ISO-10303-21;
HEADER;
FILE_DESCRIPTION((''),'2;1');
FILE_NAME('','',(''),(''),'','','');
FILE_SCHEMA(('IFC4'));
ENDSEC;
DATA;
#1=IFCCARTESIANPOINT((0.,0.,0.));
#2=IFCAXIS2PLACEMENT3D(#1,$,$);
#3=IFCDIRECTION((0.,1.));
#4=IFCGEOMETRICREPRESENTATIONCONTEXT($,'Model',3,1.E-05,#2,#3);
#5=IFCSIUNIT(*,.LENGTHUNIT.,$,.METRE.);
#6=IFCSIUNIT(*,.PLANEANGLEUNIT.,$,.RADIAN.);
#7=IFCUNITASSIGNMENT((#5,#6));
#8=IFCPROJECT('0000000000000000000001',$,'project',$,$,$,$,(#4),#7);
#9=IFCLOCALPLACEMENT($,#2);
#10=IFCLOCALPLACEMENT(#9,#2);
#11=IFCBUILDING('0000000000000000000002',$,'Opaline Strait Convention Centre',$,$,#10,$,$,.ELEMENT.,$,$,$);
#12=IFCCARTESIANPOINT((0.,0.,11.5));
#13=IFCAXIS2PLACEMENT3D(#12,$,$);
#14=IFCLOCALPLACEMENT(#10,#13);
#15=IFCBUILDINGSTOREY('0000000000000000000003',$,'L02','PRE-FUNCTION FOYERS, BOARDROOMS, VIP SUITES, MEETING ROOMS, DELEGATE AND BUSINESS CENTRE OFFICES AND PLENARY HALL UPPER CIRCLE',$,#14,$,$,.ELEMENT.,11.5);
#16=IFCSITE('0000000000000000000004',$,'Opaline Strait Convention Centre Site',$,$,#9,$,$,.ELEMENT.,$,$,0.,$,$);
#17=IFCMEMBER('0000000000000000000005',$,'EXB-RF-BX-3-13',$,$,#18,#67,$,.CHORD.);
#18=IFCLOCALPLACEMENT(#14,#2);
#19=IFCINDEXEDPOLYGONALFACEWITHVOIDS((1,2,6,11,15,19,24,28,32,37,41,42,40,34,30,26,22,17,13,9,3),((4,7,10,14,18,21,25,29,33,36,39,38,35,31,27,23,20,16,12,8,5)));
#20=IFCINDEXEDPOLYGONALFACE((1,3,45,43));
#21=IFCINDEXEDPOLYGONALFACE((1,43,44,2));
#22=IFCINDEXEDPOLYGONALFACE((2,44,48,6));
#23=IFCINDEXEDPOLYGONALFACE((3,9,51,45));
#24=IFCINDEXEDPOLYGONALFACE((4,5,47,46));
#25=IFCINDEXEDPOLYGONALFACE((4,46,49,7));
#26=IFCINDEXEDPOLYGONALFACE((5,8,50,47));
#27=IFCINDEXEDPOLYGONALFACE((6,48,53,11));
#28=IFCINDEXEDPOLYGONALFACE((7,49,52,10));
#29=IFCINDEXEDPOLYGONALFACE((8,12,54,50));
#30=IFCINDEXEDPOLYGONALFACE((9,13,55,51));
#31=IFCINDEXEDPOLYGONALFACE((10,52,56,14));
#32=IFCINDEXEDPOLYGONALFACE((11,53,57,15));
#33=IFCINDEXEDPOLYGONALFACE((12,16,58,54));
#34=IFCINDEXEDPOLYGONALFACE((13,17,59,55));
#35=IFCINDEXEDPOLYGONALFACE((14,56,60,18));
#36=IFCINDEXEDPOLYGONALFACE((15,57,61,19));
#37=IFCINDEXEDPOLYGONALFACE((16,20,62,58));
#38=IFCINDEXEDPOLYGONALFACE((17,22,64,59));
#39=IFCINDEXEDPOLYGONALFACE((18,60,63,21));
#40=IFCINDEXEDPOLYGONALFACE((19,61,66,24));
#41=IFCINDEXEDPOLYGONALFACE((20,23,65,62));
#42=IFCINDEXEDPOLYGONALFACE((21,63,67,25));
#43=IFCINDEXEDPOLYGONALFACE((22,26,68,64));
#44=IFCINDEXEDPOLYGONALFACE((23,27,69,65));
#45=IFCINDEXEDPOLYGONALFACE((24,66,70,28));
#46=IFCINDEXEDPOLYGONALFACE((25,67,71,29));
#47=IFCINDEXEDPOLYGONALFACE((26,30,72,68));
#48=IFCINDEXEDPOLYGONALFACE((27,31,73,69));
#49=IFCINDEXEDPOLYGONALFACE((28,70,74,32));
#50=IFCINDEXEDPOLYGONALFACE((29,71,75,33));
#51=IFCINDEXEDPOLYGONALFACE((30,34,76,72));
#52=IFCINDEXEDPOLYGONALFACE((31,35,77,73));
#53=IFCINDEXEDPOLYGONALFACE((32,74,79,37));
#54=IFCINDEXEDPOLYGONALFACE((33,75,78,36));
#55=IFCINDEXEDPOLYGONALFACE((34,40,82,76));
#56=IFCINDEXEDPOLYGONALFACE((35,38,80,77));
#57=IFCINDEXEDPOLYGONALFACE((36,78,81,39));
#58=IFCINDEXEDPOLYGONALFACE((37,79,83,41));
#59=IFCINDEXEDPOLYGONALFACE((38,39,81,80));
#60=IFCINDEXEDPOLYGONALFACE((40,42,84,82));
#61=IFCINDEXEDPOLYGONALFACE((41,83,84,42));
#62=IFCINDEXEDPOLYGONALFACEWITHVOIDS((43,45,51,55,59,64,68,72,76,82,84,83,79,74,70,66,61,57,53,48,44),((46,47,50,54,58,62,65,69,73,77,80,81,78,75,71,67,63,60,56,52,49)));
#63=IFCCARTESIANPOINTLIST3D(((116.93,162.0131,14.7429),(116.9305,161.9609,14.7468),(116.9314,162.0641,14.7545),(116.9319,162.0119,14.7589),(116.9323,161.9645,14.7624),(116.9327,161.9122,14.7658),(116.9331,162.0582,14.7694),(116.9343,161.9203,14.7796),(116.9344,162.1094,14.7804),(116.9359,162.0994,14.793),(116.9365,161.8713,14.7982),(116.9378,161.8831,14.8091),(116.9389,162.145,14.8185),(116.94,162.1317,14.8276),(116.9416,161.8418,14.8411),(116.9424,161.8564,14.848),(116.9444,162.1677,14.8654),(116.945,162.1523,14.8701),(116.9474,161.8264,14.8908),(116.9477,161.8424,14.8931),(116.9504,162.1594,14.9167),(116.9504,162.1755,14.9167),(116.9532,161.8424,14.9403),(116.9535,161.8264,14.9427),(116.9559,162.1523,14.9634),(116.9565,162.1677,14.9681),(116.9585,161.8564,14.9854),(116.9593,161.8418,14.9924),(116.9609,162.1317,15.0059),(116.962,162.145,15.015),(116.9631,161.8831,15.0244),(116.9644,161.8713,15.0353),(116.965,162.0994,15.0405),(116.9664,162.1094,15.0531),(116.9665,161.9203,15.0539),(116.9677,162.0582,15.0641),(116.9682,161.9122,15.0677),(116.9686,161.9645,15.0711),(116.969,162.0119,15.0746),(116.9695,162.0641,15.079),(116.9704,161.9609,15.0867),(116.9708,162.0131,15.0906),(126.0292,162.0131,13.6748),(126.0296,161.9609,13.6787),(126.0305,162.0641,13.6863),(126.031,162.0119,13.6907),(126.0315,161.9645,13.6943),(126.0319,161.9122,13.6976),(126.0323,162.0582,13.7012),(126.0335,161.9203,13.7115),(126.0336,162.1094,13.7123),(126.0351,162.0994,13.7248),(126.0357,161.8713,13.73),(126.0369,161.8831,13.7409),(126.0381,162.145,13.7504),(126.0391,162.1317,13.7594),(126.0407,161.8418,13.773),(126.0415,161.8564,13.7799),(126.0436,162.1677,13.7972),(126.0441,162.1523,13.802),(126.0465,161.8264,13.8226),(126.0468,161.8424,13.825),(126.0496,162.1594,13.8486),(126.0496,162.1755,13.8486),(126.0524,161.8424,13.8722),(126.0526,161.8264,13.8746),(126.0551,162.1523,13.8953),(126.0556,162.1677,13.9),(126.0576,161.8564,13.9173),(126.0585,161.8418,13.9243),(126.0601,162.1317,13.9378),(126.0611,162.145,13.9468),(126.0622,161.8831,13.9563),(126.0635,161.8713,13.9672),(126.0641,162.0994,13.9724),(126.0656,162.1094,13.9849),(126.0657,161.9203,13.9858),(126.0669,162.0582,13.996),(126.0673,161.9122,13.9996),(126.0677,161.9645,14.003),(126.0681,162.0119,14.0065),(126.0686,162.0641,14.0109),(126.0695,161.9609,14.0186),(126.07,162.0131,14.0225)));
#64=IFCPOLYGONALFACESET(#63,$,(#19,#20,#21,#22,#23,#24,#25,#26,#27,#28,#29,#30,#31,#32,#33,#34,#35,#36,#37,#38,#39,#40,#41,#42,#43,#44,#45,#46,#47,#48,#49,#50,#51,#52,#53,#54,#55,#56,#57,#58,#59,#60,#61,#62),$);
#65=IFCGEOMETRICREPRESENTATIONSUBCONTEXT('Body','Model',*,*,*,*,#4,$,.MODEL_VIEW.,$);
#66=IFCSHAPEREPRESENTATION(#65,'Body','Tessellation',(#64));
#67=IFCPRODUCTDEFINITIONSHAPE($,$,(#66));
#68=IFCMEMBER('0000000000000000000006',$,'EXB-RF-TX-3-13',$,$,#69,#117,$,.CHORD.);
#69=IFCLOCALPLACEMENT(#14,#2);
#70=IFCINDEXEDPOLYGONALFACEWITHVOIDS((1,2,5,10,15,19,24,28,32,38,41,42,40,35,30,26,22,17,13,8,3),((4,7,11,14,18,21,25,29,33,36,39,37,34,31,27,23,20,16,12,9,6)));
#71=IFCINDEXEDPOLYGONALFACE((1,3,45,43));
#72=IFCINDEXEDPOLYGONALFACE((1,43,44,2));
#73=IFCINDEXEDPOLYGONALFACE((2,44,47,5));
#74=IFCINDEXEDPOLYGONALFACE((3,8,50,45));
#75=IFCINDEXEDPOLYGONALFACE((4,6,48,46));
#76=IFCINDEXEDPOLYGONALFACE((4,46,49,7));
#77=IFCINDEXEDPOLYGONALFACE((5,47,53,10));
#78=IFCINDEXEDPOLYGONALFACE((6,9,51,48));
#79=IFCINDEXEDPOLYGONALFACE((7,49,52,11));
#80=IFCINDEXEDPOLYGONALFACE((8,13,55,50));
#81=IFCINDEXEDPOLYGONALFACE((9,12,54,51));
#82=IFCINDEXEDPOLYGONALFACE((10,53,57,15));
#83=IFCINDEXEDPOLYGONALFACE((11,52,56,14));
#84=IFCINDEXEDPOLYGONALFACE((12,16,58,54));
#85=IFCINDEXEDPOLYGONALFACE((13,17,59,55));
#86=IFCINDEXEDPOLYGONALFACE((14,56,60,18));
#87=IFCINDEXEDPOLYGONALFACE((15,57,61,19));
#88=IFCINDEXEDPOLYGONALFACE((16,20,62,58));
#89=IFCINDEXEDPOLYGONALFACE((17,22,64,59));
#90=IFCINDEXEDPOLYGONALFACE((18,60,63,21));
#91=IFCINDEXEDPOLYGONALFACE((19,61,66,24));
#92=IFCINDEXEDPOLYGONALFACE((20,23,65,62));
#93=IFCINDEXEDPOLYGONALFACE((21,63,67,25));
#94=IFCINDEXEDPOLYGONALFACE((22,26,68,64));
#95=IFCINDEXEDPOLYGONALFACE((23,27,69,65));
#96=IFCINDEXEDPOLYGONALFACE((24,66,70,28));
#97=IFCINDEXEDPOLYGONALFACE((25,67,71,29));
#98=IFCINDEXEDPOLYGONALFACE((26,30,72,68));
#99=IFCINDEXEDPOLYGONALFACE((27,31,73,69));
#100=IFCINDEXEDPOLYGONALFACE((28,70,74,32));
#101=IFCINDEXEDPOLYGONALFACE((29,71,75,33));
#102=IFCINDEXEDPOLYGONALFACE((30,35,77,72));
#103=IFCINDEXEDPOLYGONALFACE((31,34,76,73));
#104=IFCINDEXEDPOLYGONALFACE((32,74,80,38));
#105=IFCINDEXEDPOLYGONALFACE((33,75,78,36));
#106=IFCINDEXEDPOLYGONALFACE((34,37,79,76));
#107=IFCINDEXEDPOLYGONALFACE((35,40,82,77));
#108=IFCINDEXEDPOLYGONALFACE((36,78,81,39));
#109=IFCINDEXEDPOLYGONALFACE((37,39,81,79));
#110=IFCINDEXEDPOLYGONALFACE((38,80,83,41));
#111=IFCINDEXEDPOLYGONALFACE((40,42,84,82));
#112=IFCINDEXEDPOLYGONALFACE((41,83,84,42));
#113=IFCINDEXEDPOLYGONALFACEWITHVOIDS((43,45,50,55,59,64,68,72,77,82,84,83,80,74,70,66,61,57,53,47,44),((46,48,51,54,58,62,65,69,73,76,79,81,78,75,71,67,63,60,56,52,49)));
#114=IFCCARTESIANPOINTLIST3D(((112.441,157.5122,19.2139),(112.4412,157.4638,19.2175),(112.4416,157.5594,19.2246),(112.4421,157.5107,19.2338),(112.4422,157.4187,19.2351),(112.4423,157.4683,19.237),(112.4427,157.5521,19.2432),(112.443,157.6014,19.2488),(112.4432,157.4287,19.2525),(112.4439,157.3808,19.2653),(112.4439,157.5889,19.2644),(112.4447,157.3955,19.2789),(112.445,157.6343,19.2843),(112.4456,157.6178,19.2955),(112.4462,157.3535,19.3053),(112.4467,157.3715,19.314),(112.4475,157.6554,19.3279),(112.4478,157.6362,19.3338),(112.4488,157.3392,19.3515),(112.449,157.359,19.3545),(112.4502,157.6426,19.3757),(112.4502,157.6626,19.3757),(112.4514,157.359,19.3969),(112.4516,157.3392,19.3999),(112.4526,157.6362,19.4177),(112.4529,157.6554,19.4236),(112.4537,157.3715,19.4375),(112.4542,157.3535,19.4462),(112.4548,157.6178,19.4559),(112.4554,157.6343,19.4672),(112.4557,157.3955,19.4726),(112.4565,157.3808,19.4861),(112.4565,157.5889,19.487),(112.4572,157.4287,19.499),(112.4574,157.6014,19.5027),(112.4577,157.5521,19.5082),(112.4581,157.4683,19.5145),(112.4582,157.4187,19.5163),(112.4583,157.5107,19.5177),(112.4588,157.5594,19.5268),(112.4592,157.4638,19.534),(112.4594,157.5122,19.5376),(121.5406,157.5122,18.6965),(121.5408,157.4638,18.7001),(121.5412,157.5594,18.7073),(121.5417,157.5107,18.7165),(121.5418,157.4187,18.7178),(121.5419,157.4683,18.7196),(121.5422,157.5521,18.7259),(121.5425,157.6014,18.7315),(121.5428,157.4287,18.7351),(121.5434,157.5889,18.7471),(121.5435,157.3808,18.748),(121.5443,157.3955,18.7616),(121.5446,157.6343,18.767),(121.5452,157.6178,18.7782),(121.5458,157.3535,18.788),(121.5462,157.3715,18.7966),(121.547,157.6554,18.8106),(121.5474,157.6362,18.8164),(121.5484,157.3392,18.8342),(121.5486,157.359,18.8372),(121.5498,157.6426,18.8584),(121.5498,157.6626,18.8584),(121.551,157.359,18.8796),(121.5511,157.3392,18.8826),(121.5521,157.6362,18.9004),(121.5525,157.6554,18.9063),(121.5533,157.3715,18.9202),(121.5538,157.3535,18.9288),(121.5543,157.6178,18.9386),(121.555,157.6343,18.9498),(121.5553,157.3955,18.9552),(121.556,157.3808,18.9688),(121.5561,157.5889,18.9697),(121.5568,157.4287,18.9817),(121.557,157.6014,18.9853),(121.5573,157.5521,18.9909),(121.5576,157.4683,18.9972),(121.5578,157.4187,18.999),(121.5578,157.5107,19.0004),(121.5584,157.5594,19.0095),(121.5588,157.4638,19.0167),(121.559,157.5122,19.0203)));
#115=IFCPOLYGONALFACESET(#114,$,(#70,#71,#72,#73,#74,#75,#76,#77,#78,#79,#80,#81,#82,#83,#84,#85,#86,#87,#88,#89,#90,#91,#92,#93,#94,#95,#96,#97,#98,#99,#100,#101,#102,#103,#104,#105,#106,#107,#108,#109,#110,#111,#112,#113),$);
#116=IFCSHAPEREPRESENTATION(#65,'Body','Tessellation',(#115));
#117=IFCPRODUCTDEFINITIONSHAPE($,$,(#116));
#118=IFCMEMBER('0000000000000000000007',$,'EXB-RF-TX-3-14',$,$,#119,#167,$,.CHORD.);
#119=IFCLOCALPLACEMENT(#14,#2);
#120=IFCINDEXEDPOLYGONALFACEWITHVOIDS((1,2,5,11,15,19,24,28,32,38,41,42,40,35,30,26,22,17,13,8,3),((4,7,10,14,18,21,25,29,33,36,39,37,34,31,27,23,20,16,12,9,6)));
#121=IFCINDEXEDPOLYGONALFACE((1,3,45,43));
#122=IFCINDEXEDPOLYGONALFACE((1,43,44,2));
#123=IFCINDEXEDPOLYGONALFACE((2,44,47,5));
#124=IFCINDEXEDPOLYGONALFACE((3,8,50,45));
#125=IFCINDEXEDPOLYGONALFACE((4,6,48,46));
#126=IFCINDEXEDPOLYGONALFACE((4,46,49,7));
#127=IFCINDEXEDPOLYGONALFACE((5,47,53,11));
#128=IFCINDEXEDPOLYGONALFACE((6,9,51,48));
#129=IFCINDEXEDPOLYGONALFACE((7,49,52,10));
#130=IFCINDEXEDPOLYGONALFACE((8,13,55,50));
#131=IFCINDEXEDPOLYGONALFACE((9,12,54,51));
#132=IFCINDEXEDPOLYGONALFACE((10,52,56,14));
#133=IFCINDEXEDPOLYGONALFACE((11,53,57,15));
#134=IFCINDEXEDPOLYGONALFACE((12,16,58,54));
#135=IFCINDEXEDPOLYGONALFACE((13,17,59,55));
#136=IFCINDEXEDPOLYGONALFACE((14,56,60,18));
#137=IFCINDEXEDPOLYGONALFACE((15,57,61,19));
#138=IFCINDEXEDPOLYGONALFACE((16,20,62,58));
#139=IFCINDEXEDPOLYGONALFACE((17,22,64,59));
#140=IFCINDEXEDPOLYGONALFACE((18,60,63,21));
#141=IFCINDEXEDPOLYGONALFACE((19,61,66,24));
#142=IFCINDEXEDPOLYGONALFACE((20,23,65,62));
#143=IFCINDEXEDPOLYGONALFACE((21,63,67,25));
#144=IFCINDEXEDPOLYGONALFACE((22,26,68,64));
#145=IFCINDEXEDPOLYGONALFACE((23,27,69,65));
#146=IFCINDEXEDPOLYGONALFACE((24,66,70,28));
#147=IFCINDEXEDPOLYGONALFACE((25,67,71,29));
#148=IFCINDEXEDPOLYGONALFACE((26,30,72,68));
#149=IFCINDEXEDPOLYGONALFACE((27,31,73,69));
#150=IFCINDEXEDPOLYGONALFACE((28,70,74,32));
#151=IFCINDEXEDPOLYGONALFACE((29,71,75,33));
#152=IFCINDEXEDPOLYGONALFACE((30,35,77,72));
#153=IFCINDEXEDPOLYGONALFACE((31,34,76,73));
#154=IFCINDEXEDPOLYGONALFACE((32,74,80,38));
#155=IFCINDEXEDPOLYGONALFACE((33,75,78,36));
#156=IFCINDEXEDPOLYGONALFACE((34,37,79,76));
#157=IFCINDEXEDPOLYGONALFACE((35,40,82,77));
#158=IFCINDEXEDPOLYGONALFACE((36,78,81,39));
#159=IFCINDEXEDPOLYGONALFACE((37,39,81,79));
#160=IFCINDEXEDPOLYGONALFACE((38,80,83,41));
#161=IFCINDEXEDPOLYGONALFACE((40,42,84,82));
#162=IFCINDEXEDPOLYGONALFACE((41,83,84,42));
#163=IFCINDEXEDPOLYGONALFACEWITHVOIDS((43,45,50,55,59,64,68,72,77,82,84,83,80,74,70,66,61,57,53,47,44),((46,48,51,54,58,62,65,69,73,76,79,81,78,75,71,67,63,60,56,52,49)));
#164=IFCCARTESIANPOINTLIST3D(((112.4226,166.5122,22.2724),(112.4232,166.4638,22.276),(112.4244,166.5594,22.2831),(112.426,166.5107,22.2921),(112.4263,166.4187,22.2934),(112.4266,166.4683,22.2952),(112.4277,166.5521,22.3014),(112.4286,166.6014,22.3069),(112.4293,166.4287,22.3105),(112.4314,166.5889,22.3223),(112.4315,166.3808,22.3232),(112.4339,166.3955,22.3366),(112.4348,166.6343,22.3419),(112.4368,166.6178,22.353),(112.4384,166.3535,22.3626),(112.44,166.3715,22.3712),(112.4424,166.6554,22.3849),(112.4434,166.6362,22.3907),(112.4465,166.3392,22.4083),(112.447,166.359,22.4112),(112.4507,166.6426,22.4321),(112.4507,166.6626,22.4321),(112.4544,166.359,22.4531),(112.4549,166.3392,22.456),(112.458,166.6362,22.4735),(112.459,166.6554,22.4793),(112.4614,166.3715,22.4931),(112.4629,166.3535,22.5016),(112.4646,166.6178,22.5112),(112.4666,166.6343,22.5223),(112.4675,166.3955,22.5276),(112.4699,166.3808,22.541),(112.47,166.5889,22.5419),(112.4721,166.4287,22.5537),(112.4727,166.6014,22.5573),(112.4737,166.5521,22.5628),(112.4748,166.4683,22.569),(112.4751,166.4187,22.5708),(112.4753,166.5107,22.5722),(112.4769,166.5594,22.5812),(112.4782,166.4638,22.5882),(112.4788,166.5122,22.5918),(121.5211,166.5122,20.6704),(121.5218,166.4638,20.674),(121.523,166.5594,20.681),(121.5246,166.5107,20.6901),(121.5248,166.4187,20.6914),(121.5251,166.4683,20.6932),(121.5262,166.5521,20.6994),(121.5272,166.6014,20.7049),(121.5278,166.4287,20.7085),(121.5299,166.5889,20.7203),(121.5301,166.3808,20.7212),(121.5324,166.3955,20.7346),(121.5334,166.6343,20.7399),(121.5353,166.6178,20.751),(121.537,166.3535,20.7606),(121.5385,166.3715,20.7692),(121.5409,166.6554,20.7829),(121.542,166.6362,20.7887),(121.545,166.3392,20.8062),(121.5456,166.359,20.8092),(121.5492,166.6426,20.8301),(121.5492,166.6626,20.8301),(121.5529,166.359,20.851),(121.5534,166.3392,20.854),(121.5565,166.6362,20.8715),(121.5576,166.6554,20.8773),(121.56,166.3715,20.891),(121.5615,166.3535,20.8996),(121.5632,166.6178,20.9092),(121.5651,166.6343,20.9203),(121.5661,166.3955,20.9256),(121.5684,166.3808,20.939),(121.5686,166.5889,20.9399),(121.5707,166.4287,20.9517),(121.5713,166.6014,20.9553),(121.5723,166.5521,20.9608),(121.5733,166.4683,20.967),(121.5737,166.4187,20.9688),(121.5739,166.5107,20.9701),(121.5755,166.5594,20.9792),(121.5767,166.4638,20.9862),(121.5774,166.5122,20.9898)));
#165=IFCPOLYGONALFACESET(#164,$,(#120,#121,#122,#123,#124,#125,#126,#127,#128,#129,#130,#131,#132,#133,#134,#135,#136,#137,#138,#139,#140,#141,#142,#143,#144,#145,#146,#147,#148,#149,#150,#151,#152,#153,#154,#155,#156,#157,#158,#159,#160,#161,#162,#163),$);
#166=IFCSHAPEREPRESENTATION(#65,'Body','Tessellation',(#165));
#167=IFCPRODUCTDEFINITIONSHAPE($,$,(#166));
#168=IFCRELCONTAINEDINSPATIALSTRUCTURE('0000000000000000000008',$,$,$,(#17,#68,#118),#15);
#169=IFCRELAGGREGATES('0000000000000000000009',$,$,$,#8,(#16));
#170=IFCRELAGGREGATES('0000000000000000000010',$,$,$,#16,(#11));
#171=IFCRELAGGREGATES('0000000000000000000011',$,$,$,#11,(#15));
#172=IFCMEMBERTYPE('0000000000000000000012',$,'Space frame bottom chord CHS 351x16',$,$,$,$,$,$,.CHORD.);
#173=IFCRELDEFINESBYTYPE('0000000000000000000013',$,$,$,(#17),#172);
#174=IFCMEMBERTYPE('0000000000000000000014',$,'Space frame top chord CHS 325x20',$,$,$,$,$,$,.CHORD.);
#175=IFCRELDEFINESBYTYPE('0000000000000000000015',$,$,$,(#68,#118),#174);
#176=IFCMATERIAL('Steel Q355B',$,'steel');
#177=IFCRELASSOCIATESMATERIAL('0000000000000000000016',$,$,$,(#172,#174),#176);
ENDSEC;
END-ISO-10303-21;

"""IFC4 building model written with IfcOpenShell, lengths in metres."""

from ifc_helpers import new_model, si_unit, direction, frame, origin, origin_2d, place, context, subcontext, project, spatial, hollow_circle, extrude, material, material_profile, profile_set, type_object, element, save


model = new_model("IFC4")

# Units and contexts
model_context = context("Model", 3, precision=1e-05, world=origin(), true_north=direction((0.0, 1.0)))
body_context = subcontext(model_context, "Body", "Model", "MODEL_VIEW")
ifc_project = project(units=[si_unit("LENGTHUNIT", "METRE"), si_unit("PLANEANGLEUNIT", "RADIAN")], contexts=[model_context])

# Site, building, storey
site_placement = place(None, origin())
site = spatial("IfcSite", under=ifc_project, at=site_placement, Name="Opaline Strait Convention Centre Site", CompositionType="ELEMENT", RefElevation=0.0)
building_placement = place(site_placement, origin())
building = spatial("IfcBuilding", under=site, at=building_placement, Name="Opaline Strait Convention Centre", CompositionType="ELEMENT")
storey_placement = place(building_placement, frame((0.0, 0.0, 11.5)))
storey = spatial("IfcBuildingStorey", under=building, at=storey_placement, Name="L02", Description="PRE-FUNCTION FOYERS, BOARDROOMS, VIP SUITES, MEETING ROOMS, DELEGATE AND BUSINESS CENTRE OFFICES AND PLENARY HALL UPPER CIRCLE", CompositionType="ELEMENT", Elevation=11.5)

# Members
ifc_material_1 = material(Name="Steel Q355B", Category="steel")
ifc_material_profile_1 = material_profile(ifc_material_1, hollow_circle(Radius=0.1755, WallThickness=0.0161, at=origin_2d()), Name="CHS 351x16")
ifc_profile_set_1 = profile_set([ifc_material_profile_1], Name="Steel Q355B")
member_type_1 = type_object("IfcMemberType", Name="Space frame bottom chord CHS 351x16", PredefinedType="CHORD", material=ifc_profile_set_1)
member_1_placement = place(storey_placement, frame((116.9504, 162.0, 14.9167), z_axis=(0.993181, 0.0, -0.116586), x_axis=(0.0, 1.0, 0.0)))
element("IfcMember", 1, at=member_1_placement, inside=storey, type_object=member_type_1, Name="EXB-RF-BX-3-13", PredefinedType="CHORD", context=body_context, shape_type="SweptSolid", body=[
    extrude(hollow_circle(Radius=0.1755, WallThickness=0.0161, at=origin_2d()), origin(), (0.0, 0.0, 1.0), 9.1616),
])
ifc_material_profile_2 = material_profile(ifc_material_1, hollow_circle(Radius=0.1626, WallThickness=0.02, at=origin_2d()), Name="CHS 325x20")
ifc_profile_set_2 = profile_set([ifc_material_profile_2], Name="Steel Q355B")
member_type_2 = type_object("IfcMemberType", Name="Space frame top chord CHS 325x20", PredefinedType="CHORD", material=ifc_profile_set_2)
member_2_placement = place(storey_placement, frame((112.4502, 157.5, 19.3757), z_axis=(0.998388, 0.0, -0.056761), x_axis=(0.0, 1.0, 0.0)))
element("IfcMember", 2, at=member_2_placement, inside=storey, type_object=member_type_2, Name="EXB-RF-TX-3-13", PredefinedType="CHORD", context=body_context, shape_type="SweptSolid", body=[
    extrude(hollow_circle(Radius=0.1626, WallThickness=0.02, at=origin_2d()), origin(), (0.0, 0.0, 1.0), 9.1143),
])
member_3_placement = place(storey_placement, frame((112.4507, 166.5, 22.4321), z_axis=(0.98485, 0.0, -0.173408), x_axis=(0.0, 1.0, 0.0)))
element("IfcMember", 3, at=member_3_placement, inside=storey, type_object=member_type_2, Name="EXB-RF-TX-3-14", PredefinedType="CHORD", context=body_context, shape_type="SweptSolid", body=[
    extrude(hollow_circle(Radius=0.1626, WallThickness=0.02, at=origin_2d()), origin(), (0.0, 0.0, 1.0), 9.2385),
])

save(model, "model.ifc")
